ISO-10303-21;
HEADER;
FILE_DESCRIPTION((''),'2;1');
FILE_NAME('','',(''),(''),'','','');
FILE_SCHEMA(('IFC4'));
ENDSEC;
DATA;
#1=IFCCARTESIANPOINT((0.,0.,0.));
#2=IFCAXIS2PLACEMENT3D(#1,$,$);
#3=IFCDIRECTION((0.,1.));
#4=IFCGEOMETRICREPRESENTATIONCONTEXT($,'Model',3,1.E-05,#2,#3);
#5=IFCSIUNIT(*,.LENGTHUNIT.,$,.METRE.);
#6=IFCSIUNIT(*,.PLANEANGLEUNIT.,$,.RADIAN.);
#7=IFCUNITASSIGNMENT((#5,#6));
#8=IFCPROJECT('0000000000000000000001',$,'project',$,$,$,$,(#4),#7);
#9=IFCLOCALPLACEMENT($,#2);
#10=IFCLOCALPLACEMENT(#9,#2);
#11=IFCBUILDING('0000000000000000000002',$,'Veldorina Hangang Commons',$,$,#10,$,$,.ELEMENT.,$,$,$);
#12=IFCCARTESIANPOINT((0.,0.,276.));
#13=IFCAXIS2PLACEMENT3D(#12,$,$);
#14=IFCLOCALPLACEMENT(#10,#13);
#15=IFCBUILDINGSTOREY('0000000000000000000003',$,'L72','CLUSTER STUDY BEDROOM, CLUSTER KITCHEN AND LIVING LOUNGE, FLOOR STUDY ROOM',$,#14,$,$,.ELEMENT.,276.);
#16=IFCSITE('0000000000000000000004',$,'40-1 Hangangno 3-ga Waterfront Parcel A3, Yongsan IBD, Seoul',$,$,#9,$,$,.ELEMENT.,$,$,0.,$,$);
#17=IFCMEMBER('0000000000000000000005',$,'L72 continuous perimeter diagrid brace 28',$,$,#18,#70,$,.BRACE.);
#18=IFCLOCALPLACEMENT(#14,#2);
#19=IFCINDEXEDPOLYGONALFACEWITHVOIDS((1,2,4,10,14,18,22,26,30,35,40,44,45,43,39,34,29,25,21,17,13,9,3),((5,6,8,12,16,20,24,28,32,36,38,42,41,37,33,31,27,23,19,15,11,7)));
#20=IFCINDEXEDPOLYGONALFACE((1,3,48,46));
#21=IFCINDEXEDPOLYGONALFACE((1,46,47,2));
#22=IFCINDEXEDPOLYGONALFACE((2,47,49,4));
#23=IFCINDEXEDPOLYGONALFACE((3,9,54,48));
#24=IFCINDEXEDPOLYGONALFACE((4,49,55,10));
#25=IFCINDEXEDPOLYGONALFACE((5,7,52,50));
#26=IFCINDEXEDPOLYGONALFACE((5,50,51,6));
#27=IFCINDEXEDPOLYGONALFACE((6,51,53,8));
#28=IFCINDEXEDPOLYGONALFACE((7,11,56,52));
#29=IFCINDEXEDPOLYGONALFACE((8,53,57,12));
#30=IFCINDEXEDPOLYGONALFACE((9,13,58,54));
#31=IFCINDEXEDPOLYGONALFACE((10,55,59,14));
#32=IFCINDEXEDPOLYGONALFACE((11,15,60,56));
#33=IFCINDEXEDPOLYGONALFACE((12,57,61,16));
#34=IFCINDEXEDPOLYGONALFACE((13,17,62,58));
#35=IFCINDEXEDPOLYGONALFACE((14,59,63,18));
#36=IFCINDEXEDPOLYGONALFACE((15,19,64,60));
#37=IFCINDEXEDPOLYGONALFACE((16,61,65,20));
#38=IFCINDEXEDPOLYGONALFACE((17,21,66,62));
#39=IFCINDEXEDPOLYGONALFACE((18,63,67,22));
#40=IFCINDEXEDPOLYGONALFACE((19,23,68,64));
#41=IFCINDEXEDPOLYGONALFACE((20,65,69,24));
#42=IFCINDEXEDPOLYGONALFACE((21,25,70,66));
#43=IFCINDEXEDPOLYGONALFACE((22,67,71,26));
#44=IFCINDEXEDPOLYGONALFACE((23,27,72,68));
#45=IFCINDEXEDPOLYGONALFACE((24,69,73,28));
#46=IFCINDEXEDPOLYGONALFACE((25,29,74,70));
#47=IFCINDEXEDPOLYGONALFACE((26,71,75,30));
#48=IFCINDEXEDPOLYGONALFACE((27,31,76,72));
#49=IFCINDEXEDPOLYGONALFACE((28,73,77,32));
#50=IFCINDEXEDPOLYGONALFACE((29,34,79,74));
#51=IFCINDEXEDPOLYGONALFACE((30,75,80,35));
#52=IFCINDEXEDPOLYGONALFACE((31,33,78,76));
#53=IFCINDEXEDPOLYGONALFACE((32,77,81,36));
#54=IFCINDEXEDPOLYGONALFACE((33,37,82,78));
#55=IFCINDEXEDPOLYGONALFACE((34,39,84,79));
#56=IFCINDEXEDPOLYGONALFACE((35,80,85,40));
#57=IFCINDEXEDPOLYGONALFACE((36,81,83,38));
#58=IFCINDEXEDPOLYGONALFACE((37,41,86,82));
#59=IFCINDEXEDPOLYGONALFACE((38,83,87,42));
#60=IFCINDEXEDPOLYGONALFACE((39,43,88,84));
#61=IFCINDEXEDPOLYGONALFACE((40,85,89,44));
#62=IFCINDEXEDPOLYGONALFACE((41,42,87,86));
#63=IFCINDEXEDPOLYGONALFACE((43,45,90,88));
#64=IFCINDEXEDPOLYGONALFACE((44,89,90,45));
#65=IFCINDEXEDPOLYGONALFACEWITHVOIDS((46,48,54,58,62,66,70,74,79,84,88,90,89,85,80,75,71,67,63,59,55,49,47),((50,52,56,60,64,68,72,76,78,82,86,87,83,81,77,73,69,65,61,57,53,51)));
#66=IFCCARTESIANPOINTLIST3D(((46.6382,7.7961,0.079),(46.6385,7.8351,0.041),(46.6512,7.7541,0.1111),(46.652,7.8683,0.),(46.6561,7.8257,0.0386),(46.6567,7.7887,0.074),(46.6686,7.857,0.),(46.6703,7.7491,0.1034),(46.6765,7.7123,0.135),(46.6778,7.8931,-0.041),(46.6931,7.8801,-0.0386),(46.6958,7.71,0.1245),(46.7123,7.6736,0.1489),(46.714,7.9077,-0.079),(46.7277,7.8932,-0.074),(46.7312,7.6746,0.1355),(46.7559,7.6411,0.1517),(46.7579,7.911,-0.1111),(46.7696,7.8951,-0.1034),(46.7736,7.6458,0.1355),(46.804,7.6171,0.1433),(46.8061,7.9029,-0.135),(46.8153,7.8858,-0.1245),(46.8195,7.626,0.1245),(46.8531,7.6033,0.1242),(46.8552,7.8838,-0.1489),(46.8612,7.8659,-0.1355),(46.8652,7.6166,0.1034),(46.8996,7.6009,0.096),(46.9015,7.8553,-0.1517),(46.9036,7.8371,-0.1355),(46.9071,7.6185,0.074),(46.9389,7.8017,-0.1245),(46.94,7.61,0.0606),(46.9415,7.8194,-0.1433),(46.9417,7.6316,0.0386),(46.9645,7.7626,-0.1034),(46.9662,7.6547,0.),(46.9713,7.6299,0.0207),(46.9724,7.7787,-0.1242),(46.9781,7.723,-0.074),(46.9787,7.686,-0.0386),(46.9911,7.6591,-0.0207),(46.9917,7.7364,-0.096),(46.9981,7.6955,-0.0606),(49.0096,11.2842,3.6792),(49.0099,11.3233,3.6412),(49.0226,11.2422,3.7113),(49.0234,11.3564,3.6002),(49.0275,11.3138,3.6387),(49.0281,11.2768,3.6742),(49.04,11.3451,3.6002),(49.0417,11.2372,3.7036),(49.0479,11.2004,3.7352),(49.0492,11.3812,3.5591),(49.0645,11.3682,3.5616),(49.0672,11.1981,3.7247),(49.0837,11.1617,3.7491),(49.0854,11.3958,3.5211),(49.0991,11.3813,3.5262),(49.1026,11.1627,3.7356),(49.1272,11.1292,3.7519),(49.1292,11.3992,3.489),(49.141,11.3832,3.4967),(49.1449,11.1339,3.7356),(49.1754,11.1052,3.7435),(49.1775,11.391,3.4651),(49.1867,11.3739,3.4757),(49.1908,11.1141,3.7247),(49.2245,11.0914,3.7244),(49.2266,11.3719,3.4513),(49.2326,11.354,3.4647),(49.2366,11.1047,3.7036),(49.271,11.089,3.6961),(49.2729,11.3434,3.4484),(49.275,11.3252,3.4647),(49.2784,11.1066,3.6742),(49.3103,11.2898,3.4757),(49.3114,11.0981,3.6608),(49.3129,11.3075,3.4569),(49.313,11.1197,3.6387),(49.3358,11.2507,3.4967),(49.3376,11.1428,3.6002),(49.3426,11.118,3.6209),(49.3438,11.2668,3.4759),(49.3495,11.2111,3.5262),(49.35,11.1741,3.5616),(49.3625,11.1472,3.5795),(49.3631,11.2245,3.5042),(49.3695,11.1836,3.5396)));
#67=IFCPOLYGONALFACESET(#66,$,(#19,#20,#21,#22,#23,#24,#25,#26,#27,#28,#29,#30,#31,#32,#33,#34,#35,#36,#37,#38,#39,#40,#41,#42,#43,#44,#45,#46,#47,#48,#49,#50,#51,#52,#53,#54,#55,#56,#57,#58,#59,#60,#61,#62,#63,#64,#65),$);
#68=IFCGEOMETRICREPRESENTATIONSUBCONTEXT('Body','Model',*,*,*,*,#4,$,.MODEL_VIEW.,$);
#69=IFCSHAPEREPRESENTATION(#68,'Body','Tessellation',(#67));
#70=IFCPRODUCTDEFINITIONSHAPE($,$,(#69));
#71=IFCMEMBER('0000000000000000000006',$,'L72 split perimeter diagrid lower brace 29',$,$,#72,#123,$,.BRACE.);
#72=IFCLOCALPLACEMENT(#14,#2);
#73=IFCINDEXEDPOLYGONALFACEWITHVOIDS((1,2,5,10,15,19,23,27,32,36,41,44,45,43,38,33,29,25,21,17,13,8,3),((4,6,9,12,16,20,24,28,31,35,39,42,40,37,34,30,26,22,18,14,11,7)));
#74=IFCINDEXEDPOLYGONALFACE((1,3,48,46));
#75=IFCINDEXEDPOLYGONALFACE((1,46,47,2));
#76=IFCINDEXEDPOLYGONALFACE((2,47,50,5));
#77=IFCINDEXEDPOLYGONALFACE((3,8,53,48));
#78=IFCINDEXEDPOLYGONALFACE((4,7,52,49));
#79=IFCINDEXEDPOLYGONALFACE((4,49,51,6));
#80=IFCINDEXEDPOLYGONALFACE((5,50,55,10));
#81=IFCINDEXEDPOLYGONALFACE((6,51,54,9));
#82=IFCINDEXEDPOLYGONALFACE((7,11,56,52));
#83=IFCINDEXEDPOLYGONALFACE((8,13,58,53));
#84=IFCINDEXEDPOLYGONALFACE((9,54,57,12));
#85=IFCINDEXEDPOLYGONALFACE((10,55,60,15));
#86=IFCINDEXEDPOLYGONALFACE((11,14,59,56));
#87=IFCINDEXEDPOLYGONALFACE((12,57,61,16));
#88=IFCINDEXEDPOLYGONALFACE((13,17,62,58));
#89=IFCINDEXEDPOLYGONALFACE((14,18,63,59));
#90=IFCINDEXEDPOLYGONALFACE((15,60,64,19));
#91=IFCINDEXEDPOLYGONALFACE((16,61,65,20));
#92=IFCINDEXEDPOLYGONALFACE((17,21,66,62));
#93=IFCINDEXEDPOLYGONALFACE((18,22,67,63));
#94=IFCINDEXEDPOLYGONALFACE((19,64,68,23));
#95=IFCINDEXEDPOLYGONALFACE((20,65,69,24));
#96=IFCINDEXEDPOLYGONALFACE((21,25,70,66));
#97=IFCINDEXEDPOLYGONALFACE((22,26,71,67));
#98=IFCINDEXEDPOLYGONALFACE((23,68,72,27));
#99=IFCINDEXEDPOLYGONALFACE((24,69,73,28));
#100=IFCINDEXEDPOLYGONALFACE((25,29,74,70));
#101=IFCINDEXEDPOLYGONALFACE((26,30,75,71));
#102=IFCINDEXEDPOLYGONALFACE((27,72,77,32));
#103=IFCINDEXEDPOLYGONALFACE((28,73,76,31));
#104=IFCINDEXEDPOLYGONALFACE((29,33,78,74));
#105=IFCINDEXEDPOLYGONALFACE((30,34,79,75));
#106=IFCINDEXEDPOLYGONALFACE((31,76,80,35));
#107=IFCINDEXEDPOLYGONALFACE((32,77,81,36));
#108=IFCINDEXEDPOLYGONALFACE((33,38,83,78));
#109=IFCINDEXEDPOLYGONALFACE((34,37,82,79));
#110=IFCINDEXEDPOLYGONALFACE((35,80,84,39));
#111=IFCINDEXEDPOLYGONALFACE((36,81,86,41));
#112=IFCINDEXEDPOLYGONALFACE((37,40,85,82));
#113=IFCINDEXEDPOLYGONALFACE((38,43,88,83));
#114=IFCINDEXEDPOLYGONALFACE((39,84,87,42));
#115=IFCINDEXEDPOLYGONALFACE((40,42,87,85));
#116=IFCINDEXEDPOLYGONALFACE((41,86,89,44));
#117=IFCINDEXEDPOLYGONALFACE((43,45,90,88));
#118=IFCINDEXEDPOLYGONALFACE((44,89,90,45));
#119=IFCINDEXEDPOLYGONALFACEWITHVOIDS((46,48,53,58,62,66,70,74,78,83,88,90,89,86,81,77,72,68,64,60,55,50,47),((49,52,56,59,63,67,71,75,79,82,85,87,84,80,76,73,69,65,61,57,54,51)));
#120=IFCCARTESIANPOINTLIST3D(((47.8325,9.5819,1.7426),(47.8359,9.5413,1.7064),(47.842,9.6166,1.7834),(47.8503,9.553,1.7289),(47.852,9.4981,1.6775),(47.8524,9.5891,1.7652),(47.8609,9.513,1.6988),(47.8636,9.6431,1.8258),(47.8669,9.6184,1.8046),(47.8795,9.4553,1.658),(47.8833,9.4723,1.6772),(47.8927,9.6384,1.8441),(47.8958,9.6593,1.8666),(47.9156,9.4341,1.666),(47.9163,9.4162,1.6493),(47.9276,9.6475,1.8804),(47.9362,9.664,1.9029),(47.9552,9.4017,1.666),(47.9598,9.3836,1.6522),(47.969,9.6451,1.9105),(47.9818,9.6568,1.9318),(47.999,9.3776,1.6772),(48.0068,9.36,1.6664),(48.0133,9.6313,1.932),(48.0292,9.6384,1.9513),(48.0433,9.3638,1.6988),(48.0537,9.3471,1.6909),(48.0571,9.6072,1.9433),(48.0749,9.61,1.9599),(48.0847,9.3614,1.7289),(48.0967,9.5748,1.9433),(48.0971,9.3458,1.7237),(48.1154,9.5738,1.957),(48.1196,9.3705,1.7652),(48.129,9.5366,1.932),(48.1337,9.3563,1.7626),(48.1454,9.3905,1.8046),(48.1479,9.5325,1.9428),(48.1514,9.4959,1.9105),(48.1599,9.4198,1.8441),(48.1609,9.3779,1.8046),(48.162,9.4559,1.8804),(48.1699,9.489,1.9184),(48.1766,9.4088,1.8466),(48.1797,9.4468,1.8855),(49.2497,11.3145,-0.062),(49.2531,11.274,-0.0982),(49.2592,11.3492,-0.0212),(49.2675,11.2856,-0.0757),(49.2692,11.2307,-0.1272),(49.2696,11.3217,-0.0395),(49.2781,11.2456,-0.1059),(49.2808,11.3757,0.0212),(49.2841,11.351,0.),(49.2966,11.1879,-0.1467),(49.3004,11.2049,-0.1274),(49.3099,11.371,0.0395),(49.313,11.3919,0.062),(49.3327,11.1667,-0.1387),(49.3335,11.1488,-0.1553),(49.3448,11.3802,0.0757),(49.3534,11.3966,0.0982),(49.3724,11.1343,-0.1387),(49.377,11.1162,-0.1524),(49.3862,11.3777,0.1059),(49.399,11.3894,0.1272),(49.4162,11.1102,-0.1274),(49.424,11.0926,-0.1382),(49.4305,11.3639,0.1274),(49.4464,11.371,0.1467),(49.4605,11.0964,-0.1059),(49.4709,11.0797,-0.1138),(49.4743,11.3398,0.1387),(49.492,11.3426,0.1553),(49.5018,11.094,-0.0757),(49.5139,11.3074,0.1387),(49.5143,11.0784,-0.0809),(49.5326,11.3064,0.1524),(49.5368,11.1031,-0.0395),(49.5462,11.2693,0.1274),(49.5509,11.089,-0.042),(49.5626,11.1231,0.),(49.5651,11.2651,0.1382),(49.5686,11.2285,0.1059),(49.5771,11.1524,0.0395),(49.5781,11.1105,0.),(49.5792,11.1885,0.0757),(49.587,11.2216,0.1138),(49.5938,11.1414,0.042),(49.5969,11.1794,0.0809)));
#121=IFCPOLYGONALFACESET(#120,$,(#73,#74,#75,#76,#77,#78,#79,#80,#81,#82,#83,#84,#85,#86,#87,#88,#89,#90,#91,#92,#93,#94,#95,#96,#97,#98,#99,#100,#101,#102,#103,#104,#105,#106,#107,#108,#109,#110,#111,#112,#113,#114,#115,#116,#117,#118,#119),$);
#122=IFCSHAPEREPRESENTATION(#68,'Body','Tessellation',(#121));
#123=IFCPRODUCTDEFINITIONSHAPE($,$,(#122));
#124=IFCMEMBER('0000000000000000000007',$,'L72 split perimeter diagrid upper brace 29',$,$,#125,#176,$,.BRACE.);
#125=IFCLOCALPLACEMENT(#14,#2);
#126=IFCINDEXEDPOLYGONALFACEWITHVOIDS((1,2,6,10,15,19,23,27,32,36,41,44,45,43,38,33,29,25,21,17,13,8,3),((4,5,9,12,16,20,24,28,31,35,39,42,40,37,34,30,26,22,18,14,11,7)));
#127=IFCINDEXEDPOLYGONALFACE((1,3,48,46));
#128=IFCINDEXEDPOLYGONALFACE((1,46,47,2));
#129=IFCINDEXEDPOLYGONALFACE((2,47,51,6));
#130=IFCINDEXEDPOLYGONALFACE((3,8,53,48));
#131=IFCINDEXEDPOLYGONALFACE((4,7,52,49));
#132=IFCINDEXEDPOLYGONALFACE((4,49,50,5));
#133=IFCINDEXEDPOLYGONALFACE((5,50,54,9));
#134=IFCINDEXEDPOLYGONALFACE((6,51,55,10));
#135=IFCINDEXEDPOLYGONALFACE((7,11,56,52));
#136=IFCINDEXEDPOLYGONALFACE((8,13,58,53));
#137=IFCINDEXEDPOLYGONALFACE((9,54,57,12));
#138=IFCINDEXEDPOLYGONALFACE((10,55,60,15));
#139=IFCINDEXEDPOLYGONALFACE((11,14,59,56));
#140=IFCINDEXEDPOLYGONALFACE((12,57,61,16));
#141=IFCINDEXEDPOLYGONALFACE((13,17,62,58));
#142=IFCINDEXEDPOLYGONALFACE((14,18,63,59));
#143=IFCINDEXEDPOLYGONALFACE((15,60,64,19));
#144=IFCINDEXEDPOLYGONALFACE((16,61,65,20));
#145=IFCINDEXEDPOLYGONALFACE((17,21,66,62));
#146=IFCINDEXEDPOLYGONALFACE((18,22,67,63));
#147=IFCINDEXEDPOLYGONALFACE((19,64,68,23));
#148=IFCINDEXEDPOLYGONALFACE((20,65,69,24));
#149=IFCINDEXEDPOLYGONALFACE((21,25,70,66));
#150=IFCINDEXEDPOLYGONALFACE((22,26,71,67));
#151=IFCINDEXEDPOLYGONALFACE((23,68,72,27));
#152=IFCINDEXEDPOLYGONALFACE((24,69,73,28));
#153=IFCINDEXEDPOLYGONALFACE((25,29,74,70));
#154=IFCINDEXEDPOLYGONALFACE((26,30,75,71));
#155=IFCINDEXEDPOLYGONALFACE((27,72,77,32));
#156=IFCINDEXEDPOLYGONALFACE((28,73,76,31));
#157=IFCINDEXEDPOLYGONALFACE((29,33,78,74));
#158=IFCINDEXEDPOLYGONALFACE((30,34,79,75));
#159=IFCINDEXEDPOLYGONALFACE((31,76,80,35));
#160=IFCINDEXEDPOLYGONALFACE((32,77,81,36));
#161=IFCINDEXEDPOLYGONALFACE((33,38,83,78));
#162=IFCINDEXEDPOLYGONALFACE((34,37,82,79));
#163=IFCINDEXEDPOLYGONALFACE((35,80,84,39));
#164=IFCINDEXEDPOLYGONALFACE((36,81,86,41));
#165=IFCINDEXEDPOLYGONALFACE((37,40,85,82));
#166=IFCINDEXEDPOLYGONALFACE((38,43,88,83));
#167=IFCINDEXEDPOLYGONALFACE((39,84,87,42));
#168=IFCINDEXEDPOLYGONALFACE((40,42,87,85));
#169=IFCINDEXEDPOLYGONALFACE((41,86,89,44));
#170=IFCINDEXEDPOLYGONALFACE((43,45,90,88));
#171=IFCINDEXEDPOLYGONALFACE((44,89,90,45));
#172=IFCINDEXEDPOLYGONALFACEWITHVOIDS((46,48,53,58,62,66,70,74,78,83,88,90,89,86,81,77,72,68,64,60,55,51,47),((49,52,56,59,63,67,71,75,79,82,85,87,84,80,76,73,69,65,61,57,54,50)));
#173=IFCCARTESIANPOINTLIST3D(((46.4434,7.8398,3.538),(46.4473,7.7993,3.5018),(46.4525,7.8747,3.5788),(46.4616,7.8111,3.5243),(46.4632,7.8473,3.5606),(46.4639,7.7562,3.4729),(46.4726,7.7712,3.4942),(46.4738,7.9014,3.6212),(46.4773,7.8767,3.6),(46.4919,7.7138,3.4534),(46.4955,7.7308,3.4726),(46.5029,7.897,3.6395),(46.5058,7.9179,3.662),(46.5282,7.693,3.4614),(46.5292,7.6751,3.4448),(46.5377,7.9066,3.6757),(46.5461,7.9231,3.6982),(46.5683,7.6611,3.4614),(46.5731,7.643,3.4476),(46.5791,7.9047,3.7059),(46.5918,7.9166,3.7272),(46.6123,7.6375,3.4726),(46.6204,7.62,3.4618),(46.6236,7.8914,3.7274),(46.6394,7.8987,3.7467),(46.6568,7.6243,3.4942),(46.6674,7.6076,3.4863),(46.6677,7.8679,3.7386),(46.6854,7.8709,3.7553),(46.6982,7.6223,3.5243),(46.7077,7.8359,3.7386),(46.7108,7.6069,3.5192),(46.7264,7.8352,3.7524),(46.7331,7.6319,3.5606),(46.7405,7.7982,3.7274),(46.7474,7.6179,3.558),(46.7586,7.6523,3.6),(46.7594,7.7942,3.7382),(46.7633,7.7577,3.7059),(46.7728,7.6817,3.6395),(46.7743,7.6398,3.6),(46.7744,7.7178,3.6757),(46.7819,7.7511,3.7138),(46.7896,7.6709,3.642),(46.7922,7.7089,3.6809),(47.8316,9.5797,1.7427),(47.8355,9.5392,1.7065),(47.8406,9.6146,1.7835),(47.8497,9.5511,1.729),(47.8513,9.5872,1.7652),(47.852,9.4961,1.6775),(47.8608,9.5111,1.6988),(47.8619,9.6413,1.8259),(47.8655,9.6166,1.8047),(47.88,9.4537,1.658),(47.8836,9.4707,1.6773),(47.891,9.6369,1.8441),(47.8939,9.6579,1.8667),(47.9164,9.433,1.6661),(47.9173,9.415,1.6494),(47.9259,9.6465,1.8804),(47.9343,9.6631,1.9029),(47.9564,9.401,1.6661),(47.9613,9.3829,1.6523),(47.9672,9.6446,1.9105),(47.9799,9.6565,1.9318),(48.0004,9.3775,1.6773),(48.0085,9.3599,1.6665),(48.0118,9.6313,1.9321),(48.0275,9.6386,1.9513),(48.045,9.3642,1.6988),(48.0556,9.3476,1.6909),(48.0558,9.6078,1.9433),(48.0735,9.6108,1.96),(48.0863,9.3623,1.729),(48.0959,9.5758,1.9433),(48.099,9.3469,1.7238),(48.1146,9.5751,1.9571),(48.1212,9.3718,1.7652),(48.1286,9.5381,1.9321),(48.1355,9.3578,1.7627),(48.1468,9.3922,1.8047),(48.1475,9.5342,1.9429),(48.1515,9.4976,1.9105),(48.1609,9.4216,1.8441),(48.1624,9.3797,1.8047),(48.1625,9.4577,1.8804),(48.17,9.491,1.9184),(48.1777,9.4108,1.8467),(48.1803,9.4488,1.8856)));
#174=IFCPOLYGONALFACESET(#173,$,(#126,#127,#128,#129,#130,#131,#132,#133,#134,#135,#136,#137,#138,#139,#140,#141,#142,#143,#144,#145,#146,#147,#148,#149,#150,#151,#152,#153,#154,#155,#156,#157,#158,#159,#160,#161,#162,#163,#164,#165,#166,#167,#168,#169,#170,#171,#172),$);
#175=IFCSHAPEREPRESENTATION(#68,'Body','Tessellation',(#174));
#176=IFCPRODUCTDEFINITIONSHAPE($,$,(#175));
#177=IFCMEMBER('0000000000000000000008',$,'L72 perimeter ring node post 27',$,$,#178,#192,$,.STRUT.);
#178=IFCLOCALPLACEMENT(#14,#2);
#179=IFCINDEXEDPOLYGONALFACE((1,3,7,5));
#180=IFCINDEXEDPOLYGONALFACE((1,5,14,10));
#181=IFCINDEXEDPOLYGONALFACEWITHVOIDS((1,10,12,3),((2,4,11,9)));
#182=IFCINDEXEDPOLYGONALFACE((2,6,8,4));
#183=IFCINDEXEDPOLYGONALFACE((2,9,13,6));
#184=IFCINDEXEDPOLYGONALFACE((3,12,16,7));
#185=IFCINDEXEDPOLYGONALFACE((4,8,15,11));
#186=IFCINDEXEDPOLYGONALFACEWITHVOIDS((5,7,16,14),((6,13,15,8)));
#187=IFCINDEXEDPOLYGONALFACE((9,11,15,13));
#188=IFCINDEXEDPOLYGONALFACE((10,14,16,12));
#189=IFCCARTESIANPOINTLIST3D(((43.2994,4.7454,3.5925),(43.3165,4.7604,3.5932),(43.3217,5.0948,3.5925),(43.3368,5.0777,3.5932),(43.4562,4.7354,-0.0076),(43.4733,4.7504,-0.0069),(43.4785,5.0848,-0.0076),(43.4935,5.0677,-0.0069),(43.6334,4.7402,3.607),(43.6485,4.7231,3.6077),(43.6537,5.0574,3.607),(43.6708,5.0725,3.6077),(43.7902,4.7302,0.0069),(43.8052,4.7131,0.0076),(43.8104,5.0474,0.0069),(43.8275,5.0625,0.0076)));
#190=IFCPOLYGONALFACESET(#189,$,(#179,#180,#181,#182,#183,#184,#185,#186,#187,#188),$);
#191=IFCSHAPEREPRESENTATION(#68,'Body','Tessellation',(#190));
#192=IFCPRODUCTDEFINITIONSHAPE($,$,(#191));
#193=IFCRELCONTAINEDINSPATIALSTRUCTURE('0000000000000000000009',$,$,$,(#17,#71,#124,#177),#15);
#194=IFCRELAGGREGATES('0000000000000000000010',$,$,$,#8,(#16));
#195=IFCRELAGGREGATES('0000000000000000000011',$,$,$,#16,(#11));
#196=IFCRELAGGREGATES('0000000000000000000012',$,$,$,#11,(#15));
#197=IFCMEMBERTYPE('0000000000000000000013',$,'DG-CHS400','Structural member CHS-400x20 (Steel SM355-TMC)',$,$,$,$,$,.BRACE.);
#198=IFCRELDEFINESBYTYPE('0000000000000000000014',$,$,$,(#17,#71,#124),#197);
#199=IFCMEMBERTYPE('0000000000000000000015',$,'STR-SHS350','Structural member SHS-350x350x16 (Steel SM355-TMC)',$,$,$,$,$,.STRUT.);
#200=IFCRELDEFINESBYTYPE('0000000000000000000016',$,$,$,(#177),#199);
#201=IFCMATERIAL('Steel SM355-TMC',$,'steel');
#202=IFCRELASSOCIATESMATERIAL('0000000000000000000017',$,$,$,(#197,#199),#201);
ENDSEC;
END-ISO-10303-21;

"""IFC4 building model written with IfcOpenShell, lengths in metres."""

from ifc_helpers import new_model, si_unit, direction, frame, origin, origin_2d, place, context, subcontext, project, spatial, hollow_rectangle, hollow_circle, extrude, material, material_profile, profile_set, type_object, element, save


model = new_model("IFC4")

# Units and contexts
model_context = context("Model", 3, precision=1e-05, world=origin(), true_north=direction((0.0, 1.0)))
body_context = subcontext(model_context, "Body", "Model", "MODEL_VIEW")
ifc_project = project(units=[si_unit("LENGTHUNIT", "METRE"), si_unit("PLANEANGLEUNIT", "RADIAN")], contexts=[model_context])

# Site, building, storey
site_placement = place(None, origin())
site = spatial("IfcSite", under=ifc_project, at=site_placement, Name="40-1 Hangangno 3-ga Waterfront Parcel A3, Yongsan IBD, Seoul", CompositionType="ELEMENT", RefElevation=0.0)
building_placement = place(site_placement, origin())
building = spatial("IfcBuilding", under=site, at=building_placement, Name="Veldorina Hangang Commons", CompositionType="ELEMENT")
storey_placement = place(building_placement, frame((0.0, 0.0, 276.0)))
storey = spatial("IfcBuildingStorey", under=building, at=storey_placement, Name="L72", Description="CLUSTER STUDY BEDROOM, CLUSTER KITCHEN AND LIVING LOUNGE, FLOOR STUDY ROOM", CompositionType="ELEMENT", Elevation=276.0)

# Shared definitions
ifc_material_1 = material(Name="Steel SM355-TMC", Category="steel")

# Members
ifc_material_profile_1 = material_profile(ifc_material_1, hollow_circle(Radius=0.2, WallThickness=0.02, at=origin_2d()), Name="CHS-400x20")
ifc_profile_set_1 = profile_set([ifc_material_profile_1], Name="Steel SM355-TMC")
member_type_1 = type_object("IfcMemberType", Name="DG-CHS400", Description="Structural member CHS-400x20 (Steel SM355-TMC)", PredefinedType="BRACE", material=ifc_profile_set_1)
member_1_placement = place(storey_placement, frame((46.8174, 7.7559, 0.0), z_axis=(0.42763, 0.629008, 0.649216), x_axis=(-0.826985, 0.562225, 0.0)))
element("IfcMember", 1, at=member_1_placement, inside=storey, type_object=member_type_1, Name="L72 continuous perimeter diagrid brace 28", PredefinedType="BRACE", context=body_context, shape_type="SweptSolid", body=[
    extrude(hollow_circle(Radius=0.2, WallThickness=0.02, at=origin_2d()), origin(), (0.0, 0.0, 1.0), 5.5454),
])
member_2_placement = place(storey_placement, frame((49.4233, 11.2371, 0.0), z_axis=(-0.492893, -0.602595, 0.627643), x_axis=(0.774045, -0.633131, 0.0)))
element("IfcMember", 2, at=member_2_placement, inside=storey, type_object=member_type_1, Name="L72 split perimeter diagrid lower brace 29", PredefinedType="BRACE", context=body_context, shape_type="SweptSolid", body=[
    extrude(hollow_circle(Radius=0.2, WallThickness=0.02, at=origin_2d()), origin(), (0.0, 0.0, 1.0), 2.8752),
])
member_3_placement = place(storey_placement, frame((48.0061, 9.5044, 1.8047), z_axis=(-0.485423, -0.608443, 0.627823), x_axis=(0.781703, -0.623651, 0.0)))
element("IfcMember", 3, at=member_3_placement, inside=storey, type_object=member_type_1, Name="L72 split perimeter diagrid upper brace 29", PredefinedType="BRACE", context=body_context, shape_type="SweptSolid", body=[
    extrude(hollow_circle(Radius=0.2, WallThickness=0.02, at=origin_2d()), origin(), (0.0, 0.0, 1.0), 2.8596),
])
ifc_material_profile_2 = material_profile(ifc_material_1, hollow_rectangle(XDim=0.3501, YDim=0.3501, WallThickness=0.0161, at=origin_2d()), Name="SHS-350x350x16")
ifc_profile_set_2 = profile_set([ifc_material_profile_2], Name="Steel SM355-TMC")
member_type_2 = type_object("IfcMemberType", Name="STR-SHS350", Description="Structural member SHS-350x350x16 (Steel SM355-TMC)", PredefinedType="STRUT", material=ifc_profile_set_2)
member_4_placement = place(storey_placement, frame((43.6418, 4.8989, 0.0), z_axis=(-0.043496, 0.002778, 0.99905), x_axis=(-0.063733, -0.997967, 0.0)))
element("IfcMember", 4, at=member_4_placement, inside=storey, type_object=member_type_2, Name="L72 perimeter ring node post 27", PredefinedType="STRUT", context=body_context, shape_type="SweptSolid", body=[
    extrude(hollow_rectangle(XDim=0.3501, YDim=0.3501, WallThickness=0.0161, at=origin_2d()), origin(), (0.0, 0.0, 1.0), 3.6035),
])

save(model, "model.ifc")
